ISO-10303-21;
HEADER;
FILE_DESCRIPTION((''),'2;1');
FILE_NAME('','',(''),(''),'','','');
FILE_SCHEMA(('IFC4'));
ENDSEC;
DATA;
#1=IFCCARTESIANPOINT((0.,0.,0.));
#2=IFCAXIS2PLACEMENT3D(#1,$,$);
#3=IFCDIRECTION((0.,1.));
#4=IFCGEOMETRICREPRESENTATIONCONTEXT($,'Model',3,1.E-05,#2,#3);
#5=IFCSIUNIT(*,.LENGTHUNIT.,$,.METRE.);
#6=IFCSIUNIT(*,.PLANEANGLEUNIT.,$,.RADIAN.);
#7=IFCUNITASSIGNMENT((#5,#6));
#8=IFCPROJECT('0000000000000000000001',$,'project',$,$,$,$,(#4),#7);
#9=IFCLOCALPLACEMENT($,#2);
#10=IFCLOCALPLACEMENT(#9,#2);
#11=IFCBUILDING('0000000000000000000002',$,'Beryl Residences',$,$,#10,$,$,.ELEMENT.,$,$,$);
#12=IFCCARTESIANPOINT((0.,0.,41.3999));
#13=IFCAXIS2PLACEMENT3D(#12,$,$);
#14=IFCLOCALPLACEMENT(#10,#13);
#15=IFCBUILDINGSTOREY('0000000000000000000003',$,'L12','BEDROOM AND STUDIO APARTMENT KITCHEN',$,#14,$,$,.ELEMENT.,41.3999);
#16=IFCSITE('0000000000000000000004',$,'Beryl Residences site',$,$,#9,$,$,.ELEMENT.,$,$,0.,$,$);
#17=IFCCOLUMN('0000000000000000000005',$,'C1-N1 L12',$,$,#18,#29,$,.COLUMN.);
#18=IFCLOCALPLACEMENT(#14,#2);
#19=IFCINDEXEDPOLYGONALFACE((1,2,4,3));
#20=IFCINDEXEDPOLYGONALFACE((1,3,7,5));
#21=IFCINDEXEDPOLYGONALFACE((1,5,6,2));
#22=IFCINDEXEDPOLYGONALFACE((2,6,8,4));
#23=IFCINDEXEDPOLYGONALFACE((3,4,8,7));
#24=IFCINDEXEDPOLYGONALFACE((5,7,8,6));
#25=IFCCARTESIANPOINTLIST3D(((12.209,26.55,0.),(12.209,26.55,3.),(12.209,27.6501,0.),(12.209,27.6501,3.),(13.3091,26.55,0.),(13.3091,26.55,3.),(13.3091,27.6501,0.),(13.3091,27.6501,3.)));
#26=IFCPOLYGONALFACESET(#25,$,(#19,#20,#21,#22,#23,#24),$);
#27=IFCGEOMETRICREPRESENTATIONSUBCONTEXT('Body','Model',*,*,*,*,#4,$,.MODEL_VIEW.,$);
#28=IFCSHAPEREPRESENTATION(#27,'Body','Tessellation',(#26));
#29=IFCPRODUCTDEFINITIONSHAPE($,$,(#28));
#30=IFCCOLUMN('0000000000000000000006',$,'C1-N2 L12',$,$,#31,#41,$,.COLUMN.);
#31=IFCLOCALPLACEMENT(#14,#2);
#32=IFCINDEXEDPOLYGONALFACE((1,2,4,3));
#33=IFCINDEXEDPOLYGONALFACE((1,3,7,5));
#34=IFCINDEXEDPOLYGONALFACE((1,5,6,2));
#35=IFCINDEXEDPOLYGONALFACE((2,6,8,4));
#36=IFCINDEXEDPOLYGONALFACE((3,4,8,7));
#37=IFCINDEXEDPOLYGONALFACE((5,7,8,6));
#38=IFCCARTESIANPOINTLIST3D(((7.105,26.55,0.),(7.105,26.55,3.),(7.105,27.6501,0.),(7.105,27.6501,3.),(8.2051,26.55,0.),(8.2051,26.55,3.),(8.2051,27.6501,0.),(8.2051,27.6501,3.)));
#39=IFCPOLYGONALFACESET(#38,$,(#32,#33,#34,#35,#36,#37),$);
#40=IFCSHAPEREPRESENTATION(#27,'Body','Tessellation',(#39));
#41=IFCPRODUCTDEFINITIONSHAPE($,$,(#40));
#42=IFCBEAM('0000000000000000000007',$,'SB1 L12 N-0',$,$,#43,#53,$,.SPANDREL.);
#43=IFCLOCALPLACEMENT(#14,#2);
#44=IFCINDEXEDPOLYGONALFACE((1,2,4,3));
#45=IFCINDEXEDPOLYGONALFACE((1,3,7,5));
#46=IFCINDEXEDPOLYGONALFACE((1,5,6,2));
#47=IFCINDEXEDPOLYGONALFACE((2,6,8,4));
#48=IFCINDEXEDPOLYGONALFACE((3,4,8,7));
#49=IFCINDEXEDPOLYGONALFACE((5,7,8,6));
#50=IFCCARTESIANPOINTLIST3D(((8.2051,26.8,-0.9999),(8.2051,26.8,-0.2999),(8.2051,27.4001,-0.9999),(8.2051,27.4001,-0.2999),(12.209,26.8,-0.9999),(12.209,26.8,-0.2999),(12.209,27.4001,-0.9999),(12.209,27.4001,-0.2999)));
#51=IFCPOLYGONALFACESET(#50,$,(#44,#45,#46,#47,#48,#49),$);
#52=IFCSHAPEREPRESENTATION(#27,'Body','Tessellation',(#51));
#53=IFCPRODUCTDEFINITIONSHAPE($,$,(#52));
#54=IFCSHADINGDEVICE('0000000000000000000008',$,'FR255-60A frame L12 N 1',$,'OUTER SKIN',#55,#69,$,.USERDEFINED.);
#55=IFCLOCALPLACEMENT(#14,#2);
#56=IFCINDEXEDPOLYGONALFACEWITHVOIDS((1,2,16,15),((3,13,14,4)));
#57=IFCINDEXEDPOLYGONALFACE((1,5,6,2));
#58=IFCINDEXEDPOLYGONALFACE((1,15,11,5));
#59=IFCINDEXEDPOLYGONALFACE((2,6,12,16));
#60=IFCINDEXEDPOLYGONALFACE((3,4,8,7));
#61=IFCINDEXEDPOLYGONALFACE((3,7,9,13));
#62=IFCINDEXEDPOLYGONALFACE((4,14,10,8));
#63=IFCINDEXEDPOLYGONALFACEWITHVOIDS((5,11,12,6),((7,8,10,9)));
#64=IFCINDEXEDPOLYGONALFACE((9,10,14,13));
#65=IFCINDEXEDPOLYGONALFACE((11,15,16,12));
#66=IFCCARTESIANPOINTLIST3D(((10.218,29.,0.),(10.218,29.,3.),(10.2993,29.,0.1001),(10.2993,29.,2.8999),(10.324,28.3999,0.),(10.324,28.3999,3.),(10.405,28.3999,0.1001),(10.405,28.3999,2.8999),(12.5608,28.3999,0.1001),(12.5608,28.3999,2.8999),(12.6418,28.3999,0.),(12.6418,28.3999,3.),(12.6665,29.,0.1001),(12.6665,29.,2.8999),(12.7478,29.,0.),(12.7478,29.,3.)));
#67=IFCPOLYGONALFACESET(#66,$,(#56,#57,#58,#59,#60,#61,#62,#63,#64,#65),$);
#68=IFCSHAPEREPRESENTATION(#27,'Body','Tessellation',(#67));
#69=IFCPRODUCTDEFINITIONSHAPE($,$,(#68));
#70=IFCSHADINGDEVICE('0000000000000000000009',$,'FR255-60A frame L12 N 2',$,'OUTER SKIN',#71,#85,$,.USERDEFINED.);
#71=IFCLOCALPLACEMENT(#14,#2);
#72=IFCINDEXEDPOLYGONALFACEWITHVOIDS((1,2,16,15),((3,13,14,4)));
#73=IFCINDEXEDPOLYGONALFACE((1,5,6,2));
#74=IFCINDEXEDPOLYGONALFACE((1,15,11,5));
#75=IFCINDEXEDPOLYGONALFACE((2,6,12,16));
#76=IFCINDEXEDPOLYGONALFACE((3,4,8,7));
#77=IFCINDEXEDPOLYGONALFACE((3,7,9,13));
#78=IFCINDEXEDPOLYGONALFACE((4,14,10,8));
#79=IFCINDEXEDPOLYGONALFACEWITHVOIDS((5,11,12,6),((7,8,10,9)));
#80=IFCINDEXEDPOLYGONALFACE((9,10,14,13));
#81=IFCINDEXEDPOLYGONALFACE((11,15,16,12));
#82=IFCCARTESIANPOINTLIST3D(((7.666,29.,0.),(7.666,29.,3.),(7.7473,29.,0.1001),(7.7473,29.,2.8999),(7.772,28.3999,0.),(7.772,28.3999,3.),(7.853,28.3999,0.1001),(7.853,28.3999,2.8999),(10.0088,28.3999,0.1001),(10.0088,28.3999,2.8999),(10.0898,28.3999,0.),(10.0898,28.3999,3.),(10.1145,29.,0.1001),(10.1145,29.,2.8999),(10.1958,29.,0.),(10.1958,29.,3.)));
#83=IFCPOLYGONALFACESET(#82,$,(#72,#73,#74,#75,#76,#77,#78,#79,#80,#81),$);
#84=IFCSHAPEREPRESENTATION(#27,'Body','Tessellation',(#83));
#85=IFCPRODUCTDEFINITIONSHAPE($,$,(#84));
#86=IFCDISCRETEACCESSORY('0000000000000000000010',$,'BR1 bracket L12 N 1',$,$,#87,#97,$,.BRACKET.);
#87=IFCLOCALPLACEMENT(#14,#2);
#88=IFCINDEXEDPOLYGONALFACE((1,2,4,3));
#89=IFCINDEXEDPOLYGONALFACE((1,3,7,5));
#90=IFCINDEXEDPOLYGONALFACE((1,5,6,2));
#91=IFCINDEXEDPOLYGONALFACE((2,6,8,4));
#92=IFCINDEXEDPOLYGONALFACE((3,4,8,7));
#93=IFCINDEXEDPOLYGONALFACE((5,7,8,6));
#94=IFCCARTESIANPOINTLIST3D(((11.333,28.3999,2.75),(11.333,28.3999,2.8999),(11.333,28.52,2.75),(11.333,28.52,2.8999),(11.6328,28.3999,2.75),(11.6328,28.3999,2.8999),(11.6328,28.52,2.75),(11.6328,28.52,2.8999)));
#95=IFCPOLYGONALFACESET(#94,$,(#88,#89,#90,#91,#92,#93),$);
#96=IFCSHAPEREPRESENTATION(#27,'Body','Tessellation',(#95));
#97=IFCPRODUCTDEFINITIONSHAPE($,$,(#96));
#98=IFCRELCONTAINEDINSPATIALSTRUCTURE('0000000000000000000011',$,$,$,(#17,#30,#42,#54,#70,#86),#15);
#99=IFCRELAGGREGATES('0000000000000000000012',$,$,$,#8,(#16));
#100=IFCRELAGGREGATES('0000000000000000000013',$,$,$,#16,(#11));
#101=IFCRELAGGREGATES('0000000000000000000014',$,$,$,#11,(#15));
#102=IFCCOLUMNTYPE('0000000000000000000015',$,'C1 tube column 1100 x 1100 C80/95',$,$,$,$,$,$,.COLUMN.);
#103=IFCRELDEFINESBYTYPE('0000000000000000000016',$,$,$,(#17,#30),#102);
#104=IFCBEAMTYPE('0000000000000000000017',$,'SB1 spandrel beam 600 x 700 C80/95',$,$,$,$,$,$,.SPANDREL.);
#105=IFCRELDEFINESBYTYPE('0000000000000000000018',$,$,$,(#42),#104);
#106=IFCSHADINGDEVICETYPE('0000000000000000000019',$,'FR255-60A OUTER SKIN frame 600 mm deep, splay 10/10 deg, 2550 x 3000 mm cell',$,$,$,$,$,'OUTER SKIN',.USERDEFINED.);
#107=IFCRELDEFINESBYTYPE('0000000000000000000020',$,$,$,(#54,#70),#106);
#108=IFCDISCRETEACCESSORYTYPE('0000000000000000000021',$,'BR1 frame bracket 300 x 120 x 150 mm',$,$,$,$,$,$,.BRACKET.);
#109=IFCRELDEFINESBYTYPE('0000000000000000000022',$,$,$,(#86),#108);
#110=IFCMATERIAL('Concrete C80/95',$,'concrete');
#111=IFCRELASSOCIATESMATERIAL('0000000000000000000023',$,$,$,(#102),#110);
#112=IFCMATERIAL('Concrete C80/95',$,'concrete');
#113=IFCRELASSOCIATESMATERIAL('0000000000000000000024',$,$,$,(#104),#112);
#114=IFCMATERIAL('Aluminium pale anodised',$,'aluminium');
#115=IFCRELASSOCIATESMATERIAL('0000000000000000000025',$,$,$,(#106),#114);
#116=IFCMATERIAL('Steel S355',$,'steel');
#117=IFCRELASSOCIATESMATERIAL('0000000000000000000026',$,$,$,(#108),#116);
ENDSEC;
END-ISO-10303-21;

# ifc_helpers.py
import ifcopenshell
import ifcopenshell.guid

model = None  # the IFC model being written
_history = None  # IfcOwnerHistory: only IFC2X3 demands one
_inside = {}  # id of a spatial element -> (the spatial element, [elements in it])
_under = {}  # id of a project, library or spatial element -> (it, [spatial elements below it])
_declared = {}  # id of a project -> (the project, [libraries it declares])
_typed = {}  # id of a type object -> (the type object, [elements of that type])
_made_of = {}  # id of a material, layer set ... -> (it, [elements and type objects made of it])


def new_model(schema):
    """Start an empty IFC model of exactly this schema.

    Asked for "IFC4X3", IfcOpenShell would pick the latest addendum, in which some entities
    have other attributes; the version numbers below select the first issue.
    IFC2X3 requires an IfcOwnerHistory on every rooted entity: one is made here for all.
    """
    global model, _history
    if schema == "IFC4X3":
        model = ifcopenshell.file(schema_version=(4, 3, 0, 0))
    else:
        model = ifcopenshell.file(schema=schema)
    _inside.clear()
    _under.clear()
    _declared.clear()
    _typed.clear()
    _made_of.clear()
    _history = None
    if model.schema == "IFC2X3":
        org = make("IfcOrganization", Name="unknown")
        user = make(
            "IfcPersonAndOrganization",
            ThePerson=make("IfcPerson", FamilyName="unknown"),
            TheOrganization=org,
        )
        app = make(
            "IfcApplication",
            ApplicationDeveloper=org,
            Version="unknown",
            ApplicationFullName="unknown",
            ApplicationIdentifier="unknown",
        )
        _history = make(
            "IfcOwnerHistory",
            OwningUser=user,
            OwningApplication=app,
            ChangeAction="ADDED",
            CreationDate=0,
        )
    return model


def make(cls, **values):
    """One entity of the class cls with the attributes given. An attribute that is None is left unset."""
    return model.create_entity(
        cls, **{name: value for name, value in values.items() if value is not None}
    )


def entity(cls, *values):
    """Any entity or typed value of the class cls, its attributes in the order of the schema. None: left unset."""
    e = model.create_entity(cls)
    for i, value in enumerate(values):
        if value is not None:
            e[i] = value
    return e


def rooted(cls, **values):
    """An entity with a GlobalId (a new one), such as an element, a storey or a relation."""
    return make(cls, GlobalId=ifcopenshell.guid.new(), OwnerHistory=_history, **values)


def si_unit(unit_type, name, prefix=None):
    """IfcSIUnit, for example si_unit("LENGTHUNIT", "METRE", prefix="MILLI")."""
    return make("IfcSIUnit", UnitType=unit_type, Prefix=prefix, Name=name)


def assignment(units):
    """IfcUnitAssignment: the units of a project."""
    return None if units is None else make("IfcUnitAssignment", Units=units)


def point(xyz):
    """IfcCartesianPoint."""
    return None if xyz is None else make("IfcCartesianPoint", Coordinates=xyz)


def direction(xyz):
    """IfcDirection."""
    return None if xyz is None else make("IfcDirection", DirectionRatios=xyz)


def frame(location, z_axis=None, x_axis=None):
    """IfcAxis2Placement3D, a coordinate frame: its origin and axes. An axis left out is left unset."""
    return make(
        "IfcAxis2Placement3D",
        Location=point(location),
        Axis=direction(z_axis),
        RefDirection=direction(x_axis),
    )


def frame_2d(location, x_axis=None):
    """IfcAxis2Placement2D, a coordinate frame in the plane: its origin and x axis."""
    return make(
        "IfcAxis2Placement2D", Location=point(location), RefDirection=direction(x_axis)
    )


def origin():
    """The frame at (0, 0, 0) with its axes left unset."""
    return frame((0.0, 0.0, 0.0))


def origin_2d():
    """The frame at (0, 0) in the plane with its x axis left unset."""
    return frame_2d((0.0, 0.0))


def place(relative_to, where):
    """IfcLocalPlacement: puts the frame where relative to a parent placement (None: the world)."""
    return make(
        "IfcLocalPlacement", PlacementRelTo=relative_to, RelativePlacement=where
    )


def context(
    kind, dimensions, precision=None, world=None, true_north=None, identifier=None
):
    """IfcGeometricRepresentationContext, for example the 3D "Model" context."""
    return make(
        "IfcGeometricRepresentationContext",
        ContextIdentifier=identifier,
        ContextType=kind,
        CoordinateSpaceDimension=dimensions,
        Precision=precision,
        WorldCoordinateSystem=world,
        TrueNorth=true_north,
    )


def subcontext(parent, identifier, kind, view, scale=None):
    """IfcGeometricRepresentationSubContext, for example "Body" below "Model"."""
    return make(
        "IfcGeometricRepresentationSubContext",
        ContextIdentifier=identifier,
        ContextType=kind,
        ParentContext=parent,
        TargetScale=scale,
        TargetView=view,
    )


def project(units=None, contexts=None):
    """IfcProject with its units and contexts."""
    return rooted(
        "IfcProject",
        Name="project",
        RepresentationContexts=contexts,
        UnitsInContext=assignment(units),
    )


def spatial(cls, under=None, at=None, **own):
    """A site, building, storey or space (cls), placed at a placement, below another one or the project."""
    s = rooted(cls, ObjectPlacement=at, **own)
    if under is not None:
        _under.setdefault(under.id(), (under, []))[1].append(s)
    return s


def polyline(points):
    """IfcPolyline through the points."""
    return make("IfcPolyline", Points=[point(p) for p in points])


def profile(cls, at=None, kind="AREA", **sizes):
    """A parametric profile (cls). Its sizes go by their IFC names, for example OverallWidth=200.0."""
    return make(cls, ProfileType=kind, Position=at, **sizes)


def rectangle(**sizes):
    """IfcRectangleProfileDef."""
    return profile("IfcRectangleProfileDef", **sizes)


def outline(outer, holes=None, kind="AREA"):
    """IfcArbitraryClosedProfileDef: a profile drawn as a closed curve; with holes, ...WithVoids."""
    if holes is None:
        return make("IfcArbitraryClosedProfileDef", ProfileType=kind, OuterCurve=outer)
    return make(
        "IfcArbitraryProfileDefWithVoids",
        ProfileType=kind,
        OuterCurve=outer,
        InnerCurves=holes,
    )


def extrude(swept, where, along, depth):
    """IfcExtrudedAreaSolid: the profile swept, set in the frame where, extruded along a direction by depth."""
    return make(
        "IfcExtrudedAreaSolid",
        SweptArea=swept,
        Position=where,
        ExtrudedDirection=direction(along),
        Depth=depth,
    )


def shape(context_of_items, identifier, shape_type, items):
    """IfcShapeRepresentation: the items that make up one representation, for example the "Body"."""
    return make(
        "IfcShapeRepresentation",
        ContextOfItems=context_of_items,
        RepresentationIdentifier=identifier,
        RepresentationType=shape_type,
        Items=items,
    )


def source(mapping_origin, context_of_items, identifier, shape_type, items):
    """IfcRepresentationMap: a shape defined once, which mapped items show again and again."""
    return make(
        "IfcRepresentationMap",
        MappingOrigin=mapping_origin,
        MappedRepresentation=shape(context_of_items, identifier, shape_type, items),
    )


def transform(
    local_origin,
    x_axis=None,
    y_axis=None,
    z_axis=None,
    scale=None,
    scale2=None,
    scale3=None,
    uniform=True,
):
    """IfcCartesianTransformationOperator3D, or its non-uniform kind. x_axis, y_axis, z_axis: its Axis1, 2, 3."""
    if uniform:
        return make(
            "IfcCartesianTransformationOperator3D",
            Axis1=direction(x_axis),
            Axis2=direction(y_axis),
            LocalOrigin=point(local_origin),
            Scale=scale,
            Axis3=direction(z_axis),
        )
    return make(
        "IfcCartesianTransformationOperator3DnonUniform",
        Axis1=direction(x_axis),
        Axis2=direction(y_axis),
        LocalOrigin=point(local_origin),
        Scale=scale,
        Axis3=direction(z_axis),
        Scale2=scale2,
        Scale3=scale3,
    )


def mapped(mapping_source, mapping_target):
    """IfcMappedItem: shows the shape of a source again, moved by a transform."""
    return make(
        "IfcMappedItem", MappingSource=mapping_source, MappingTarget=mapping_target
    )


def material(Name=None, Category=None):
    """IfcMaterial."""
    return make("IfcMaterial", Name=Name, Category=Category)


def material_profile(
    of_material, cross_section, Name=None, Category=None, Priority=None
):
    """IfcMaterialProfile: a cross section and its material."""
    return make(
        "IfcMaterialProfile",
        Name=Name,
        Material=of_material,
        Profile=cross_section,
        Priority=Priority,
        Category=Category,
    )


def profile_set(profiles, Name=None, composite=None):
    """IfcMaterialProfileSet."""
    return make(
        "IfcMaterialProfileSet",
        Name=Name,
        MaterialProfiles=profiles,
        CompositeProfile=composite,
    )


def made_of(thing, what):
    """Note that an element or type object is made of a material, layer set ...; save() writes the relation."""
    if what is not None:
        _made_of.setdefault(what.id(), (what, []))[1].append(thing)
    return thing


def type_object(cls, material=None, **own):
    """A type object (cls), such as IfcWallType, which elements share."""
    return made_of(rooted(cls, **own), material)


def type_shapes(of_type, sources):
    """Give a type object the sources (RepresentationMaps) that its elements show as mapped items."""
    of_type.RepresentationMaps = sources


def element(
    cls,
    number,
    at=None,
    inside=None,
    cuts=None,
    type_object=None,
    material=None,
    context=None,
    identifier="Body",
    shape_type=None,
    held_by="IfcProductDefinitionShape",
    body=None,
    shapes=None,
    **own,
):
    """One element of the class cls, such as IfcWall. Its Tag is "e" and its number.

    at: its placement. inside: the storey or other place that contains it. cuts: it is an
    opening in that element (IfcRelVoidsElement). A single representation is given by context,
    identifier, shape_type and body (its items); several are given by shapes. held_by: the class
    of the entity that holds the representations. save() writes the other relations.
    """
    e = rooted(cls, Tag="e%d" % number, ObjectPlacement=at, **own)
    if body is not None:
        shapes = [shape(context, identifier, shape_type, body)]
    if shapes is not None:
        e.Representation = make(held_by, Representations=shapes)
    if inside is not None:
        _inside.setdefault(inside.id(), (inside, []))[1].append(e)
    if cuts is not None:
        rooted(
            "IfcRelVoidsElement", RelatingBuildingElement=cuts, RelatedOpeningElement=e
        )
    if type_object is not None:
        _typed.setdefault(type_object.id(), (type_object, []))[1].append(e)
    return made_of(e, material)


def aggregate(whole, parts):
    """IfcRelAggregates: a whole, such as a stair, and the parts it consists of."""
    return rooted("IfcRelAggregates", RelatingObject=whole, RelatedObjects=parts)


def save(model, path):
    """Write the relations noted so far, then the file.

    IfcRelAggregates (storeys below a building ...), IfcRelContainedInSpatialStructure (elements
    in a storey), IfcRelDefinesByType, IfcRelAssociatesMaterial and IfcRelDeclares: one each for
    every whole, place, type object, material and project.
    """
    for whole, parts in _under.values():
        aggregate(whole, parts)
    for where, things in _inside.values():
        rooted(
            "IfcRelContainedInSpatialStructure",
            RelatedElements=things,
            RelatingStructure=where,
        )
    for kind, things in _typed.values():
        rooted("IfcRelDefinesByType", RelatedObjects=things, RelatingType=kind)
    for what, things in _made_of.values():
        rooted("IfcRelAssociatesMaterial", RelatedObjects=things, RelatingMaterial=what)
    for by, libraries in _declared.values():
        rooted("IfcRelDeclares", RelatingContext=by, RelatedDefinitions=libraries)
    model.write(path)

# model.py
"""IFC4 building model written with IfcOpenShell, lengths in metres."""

from ifc_helpers import new_model, entity, si_unit, direction, frame, origin, origin_2d, place, context, subcontext, project, spatial, polyline, rectangle, outline, extrude, source, transform, mapped, material, material_profile, profile_set, type_object, type_shapes, element, save


model = new_model("IFC4")

# Units and contexts
model_context = context("Model", 3, precision=1e-05, world=origin(), true_north=direction((0.0, 1.0)))
body_context = subcontext(model_context, "Body", "Model", "MODEL_VIEW")
ifc_project = project(units=[si_unit("LENGTHUNIT", "METRE"), si_unit("PLANEANGLEUNIT", "RADIAN")], contexts=[model_context])

# Site, building, storey
site_placement = place(None, origin())
site = spatial("IfcSite", under=ifc_project, at=site_placement, Name="Beryl Residences site", CompositionType="ELEMENT", RefElevation=0.0)
building_placement = place(site_placement, origin())
building = spatial("IfcBuilding", under=site, at=building_placement, Name="Beryl Residences", CompositionType="ELEMENT")
storey_placement = place(building_placement, frame((0.0, 0.0, 41.3999)))
storey = spatial("IfcBuildingStorey", under=building, at=storey_placement, Name="L12", Description="BEDROOM AND STUDIO APARTMENT KITCHEN", CompositionType="ELEMENT", Elevation=41.3999)

# Columns
ifc_material_1 = material(Name="Concrete C80/95", Category="concrete")
ifc_material_profile_1 = material_profile(ifc_material_1, rectangle(XDim=1.1001, YDim=1.1001, at=origin_2d()))
ifc_profile_set_1 = profile_set([ifc_material_profile_1], Name="Concrete C80/95")
column_type = type_object("IfcColumnType", Name="C1 tube column 1100 x 1100 C80/95", PredefinedType="COLUMN", material=ifc_profile_set_1)
for number, where, z_axis, x_axis, name in (
    (1, (12.759, 27.1001, 0.0), (0.0, 0.0, 1.0), (-1.0, 0.0, 0.0), "C1-N1 L12"),
    (2, (7.655, 27.1001, 0.0), (0.0, 0.0, 1.0), (-1.0, 0.0, 0.0), "C1-N2 L12"),
):
    element("IfcColumn", number, at=place(storey_placement, frame(where, z_axis=z_axis, x_axis=x_axis)), inside=storey, type_object=column_type, Name=name, PredefinedType="COLUMN", context=body_context, shape_type="SweptSolid", body=[
        extrude(rectangle(XDim=1.1001, YDim=1.1001, at=origin_2d()), origin(), (0.0, 0.0, 1.0), 3.0),
    ])

# Beam
ifc_material_2 = material(Name="Concrete C80/95", Category="concrete")
ifc_material_profile_2 = material_profile(ifc_material_2, rectangle(XDim=0.6001, YDim=0.7, at=origin_2d()))
ifc_profile_set_2 = profile_set([ifc_material_profile_2], Name="Concrete C80/95")
beam_type = type_object("IfcBeamType", Name="SB1 spandrel beam 600 x 700 C80/95", PredefinedType="SPANDREL", material=ifc_profile_set_2)
beam_placement = place(storey_placement, frame((12.209, 27.1001, -0.6499), z_axis=(-1.0, 0.0, 0.0), x_axis=(0.0, -1.0, 0.0)))
element("IfcBeam", 3, at=beam_placement, inside=storey, type_object=beam_type, Name="SB1 L12 N-0", PredefinedType="SPANDREL", context=body_context, shape_type="SweptSolid", body=[
    extrude(rectangle(XDim=0.6001, YDim=0.7, at=origin_2d()), origin(), (0.0, 0.0, 1.0), 4.0039),
])

# Shading devices
ifc_material_3 = material(Name="Aluminium pale anodised", Category="aluminium")
shading_device_type = type_object("IfcShadingDeviceType", Name="FR255-60A OUTER SKIN frame 600 mm deep, splay 10/10 deg, 2550 x 3000 mm cell", ElementType="OUTER SKIN", PredefinedType="USERDEFINED", material=ifc_material_3)
cartesian_point_1 = entity("IfcCartesianPoint", [-1.1589, 0.0])
cartesian_point_2 = entity("IfcCartesianPoint", [-1.0779, 0.1001])
cartesian_point_3 = entity("IfcCartesianPoint", [-1.2649, 0.0])
cartesian_point_4 = entity("IfcCartesianPoint", [-1.1836, 0.1001])
shared_shape_1 = source(origin(), body_context, "Body", "SweptSolid", [
    entity("IfcExtrudedAreaSolidTapered", entity("IfcArbitraryProfileDefWithVoids", "AREA", None, entity("IfcPolyline", [cartesian_point_1, entity("IfcCartesianPoint", [1.1589, 0.0]), entity("IfcCartesianPoint", [1.1589, 3.0]), entity("IfcCartesianPoint", [-1.1589, 3.0]), cartesian_point_1]), [entity("IfcPolyline", [cartesian_point_2, entity("IfcCartesianPoint", [1.0779, 0.1001]), entity("IfcCartesianPoint", [1.0779, 2.8999]), entity("IfcCartesianPoint", [-1.0779, 2.8999]), cartesian_point_2])]), entity("IfcAxis2Placement3D", entity("IfcCartesianPoint", [0.0, 0.0, 0.0]), entity("IfcDirection", [0.0, 1.0, 0.0]), entity("IfcDirection", [-1.0, 0.0, 0.0])), entity("IfcDirection", [0.0, 0.0, 1.0]), 0.6001, entity("IfcArbitraryProfileDefWithVoids", "AREA", None, entity("IfcPolyline", [cartesian_point_3, entity("IfcCartesianPoint", [1.2649, 0.0]), entity("IfcCartesianPoint", [1.2649, 3.0]), entity("IfcCartesianPoint", [-1.2649, 3.0]), cartesian_point_3]), [entity("IfcPolyline", [cartesian_point_4, entity("IfcCartesianPoint", [1.1836, 0.1001]), entity("IfcCartesianPoint", [1.1836, 2.8999]), entity("IfcCartesianPoint", [-1.1836, 2.8999]), cartesian_point_4])])),
])
type_shapes(shading_device_type, [shared_shape_1])
for number, where, z_axis, x_axis, name in (
    (4, (11.4829, 28.3999, 0.0), (0.0, 0.0, 1.0), (1.0, 0.0, 0.0), "FR255-60A frame L12 N 1"),
    (5, (8.9309, 28.3999, 0.0), (0.0, 0.0, 1.0), (1.0, 0.0, 0.0), "FR255-60A frame L12 N 2"),
):
    element("IfcShadingDevice", number, at=place(storey_placement, frame(where, z_axis=z_axis, x_axis=x_axis)), inside=storey, type_object=shading_device_type, Name=name, ObjectType="OUTER SKIN", PredefinedType="USERDEFINED", context=body_context, shape_type="MappedRepresentation", body=[
        mapped(shared_shape_1, transform((0.0, 0.0, 0.0))),
    ])

# Discrete accessory
ifc_material_4 = material(Name="Steel S355", Category="steel")
discrete_accessory_type = type_object("IfcDiscreteAccessoryType", Name="BR1 frame bracket 300 x 120 x 150 mm", PredefinedType="BRACKET", material=ifc_material_4)
shared_shape_2 = source(origin(), body_context, "Body", "SweptSolid", [
    extrude(outline(polyline([(-0.1499, 0.0), (0.1499, 0.0), (0.1499, 0.1201), (-0.1499, 0.1201), (-0.1499, 0.0)])), origin(), (0.0, 0.0, 1.0), 0.1499),
])
type_shapes(discrete_accessory_type, [shared_shape_2])
discrete_accessory_placement = place(storey_placement, frame((11.4829, 28.3999, 2.75), z_axis=(0.0, 0.0, 1.0), x_axis=(1.0, 0.0, 0.0)))
element("IfcDiscreteAccessory", 6, at=discrete_accessory_placement, inside=storey, type_object=discrete_accessory_type, Name="BR1 bracket L12 N 1", PredefinedType="BRACKET", context=body_context, shape_type="MappedRepresentation", body=[
    mapped(shared_shape_2, transform((0.0, 0.0, 0.0))),
])

save(model, "model.ifc")
